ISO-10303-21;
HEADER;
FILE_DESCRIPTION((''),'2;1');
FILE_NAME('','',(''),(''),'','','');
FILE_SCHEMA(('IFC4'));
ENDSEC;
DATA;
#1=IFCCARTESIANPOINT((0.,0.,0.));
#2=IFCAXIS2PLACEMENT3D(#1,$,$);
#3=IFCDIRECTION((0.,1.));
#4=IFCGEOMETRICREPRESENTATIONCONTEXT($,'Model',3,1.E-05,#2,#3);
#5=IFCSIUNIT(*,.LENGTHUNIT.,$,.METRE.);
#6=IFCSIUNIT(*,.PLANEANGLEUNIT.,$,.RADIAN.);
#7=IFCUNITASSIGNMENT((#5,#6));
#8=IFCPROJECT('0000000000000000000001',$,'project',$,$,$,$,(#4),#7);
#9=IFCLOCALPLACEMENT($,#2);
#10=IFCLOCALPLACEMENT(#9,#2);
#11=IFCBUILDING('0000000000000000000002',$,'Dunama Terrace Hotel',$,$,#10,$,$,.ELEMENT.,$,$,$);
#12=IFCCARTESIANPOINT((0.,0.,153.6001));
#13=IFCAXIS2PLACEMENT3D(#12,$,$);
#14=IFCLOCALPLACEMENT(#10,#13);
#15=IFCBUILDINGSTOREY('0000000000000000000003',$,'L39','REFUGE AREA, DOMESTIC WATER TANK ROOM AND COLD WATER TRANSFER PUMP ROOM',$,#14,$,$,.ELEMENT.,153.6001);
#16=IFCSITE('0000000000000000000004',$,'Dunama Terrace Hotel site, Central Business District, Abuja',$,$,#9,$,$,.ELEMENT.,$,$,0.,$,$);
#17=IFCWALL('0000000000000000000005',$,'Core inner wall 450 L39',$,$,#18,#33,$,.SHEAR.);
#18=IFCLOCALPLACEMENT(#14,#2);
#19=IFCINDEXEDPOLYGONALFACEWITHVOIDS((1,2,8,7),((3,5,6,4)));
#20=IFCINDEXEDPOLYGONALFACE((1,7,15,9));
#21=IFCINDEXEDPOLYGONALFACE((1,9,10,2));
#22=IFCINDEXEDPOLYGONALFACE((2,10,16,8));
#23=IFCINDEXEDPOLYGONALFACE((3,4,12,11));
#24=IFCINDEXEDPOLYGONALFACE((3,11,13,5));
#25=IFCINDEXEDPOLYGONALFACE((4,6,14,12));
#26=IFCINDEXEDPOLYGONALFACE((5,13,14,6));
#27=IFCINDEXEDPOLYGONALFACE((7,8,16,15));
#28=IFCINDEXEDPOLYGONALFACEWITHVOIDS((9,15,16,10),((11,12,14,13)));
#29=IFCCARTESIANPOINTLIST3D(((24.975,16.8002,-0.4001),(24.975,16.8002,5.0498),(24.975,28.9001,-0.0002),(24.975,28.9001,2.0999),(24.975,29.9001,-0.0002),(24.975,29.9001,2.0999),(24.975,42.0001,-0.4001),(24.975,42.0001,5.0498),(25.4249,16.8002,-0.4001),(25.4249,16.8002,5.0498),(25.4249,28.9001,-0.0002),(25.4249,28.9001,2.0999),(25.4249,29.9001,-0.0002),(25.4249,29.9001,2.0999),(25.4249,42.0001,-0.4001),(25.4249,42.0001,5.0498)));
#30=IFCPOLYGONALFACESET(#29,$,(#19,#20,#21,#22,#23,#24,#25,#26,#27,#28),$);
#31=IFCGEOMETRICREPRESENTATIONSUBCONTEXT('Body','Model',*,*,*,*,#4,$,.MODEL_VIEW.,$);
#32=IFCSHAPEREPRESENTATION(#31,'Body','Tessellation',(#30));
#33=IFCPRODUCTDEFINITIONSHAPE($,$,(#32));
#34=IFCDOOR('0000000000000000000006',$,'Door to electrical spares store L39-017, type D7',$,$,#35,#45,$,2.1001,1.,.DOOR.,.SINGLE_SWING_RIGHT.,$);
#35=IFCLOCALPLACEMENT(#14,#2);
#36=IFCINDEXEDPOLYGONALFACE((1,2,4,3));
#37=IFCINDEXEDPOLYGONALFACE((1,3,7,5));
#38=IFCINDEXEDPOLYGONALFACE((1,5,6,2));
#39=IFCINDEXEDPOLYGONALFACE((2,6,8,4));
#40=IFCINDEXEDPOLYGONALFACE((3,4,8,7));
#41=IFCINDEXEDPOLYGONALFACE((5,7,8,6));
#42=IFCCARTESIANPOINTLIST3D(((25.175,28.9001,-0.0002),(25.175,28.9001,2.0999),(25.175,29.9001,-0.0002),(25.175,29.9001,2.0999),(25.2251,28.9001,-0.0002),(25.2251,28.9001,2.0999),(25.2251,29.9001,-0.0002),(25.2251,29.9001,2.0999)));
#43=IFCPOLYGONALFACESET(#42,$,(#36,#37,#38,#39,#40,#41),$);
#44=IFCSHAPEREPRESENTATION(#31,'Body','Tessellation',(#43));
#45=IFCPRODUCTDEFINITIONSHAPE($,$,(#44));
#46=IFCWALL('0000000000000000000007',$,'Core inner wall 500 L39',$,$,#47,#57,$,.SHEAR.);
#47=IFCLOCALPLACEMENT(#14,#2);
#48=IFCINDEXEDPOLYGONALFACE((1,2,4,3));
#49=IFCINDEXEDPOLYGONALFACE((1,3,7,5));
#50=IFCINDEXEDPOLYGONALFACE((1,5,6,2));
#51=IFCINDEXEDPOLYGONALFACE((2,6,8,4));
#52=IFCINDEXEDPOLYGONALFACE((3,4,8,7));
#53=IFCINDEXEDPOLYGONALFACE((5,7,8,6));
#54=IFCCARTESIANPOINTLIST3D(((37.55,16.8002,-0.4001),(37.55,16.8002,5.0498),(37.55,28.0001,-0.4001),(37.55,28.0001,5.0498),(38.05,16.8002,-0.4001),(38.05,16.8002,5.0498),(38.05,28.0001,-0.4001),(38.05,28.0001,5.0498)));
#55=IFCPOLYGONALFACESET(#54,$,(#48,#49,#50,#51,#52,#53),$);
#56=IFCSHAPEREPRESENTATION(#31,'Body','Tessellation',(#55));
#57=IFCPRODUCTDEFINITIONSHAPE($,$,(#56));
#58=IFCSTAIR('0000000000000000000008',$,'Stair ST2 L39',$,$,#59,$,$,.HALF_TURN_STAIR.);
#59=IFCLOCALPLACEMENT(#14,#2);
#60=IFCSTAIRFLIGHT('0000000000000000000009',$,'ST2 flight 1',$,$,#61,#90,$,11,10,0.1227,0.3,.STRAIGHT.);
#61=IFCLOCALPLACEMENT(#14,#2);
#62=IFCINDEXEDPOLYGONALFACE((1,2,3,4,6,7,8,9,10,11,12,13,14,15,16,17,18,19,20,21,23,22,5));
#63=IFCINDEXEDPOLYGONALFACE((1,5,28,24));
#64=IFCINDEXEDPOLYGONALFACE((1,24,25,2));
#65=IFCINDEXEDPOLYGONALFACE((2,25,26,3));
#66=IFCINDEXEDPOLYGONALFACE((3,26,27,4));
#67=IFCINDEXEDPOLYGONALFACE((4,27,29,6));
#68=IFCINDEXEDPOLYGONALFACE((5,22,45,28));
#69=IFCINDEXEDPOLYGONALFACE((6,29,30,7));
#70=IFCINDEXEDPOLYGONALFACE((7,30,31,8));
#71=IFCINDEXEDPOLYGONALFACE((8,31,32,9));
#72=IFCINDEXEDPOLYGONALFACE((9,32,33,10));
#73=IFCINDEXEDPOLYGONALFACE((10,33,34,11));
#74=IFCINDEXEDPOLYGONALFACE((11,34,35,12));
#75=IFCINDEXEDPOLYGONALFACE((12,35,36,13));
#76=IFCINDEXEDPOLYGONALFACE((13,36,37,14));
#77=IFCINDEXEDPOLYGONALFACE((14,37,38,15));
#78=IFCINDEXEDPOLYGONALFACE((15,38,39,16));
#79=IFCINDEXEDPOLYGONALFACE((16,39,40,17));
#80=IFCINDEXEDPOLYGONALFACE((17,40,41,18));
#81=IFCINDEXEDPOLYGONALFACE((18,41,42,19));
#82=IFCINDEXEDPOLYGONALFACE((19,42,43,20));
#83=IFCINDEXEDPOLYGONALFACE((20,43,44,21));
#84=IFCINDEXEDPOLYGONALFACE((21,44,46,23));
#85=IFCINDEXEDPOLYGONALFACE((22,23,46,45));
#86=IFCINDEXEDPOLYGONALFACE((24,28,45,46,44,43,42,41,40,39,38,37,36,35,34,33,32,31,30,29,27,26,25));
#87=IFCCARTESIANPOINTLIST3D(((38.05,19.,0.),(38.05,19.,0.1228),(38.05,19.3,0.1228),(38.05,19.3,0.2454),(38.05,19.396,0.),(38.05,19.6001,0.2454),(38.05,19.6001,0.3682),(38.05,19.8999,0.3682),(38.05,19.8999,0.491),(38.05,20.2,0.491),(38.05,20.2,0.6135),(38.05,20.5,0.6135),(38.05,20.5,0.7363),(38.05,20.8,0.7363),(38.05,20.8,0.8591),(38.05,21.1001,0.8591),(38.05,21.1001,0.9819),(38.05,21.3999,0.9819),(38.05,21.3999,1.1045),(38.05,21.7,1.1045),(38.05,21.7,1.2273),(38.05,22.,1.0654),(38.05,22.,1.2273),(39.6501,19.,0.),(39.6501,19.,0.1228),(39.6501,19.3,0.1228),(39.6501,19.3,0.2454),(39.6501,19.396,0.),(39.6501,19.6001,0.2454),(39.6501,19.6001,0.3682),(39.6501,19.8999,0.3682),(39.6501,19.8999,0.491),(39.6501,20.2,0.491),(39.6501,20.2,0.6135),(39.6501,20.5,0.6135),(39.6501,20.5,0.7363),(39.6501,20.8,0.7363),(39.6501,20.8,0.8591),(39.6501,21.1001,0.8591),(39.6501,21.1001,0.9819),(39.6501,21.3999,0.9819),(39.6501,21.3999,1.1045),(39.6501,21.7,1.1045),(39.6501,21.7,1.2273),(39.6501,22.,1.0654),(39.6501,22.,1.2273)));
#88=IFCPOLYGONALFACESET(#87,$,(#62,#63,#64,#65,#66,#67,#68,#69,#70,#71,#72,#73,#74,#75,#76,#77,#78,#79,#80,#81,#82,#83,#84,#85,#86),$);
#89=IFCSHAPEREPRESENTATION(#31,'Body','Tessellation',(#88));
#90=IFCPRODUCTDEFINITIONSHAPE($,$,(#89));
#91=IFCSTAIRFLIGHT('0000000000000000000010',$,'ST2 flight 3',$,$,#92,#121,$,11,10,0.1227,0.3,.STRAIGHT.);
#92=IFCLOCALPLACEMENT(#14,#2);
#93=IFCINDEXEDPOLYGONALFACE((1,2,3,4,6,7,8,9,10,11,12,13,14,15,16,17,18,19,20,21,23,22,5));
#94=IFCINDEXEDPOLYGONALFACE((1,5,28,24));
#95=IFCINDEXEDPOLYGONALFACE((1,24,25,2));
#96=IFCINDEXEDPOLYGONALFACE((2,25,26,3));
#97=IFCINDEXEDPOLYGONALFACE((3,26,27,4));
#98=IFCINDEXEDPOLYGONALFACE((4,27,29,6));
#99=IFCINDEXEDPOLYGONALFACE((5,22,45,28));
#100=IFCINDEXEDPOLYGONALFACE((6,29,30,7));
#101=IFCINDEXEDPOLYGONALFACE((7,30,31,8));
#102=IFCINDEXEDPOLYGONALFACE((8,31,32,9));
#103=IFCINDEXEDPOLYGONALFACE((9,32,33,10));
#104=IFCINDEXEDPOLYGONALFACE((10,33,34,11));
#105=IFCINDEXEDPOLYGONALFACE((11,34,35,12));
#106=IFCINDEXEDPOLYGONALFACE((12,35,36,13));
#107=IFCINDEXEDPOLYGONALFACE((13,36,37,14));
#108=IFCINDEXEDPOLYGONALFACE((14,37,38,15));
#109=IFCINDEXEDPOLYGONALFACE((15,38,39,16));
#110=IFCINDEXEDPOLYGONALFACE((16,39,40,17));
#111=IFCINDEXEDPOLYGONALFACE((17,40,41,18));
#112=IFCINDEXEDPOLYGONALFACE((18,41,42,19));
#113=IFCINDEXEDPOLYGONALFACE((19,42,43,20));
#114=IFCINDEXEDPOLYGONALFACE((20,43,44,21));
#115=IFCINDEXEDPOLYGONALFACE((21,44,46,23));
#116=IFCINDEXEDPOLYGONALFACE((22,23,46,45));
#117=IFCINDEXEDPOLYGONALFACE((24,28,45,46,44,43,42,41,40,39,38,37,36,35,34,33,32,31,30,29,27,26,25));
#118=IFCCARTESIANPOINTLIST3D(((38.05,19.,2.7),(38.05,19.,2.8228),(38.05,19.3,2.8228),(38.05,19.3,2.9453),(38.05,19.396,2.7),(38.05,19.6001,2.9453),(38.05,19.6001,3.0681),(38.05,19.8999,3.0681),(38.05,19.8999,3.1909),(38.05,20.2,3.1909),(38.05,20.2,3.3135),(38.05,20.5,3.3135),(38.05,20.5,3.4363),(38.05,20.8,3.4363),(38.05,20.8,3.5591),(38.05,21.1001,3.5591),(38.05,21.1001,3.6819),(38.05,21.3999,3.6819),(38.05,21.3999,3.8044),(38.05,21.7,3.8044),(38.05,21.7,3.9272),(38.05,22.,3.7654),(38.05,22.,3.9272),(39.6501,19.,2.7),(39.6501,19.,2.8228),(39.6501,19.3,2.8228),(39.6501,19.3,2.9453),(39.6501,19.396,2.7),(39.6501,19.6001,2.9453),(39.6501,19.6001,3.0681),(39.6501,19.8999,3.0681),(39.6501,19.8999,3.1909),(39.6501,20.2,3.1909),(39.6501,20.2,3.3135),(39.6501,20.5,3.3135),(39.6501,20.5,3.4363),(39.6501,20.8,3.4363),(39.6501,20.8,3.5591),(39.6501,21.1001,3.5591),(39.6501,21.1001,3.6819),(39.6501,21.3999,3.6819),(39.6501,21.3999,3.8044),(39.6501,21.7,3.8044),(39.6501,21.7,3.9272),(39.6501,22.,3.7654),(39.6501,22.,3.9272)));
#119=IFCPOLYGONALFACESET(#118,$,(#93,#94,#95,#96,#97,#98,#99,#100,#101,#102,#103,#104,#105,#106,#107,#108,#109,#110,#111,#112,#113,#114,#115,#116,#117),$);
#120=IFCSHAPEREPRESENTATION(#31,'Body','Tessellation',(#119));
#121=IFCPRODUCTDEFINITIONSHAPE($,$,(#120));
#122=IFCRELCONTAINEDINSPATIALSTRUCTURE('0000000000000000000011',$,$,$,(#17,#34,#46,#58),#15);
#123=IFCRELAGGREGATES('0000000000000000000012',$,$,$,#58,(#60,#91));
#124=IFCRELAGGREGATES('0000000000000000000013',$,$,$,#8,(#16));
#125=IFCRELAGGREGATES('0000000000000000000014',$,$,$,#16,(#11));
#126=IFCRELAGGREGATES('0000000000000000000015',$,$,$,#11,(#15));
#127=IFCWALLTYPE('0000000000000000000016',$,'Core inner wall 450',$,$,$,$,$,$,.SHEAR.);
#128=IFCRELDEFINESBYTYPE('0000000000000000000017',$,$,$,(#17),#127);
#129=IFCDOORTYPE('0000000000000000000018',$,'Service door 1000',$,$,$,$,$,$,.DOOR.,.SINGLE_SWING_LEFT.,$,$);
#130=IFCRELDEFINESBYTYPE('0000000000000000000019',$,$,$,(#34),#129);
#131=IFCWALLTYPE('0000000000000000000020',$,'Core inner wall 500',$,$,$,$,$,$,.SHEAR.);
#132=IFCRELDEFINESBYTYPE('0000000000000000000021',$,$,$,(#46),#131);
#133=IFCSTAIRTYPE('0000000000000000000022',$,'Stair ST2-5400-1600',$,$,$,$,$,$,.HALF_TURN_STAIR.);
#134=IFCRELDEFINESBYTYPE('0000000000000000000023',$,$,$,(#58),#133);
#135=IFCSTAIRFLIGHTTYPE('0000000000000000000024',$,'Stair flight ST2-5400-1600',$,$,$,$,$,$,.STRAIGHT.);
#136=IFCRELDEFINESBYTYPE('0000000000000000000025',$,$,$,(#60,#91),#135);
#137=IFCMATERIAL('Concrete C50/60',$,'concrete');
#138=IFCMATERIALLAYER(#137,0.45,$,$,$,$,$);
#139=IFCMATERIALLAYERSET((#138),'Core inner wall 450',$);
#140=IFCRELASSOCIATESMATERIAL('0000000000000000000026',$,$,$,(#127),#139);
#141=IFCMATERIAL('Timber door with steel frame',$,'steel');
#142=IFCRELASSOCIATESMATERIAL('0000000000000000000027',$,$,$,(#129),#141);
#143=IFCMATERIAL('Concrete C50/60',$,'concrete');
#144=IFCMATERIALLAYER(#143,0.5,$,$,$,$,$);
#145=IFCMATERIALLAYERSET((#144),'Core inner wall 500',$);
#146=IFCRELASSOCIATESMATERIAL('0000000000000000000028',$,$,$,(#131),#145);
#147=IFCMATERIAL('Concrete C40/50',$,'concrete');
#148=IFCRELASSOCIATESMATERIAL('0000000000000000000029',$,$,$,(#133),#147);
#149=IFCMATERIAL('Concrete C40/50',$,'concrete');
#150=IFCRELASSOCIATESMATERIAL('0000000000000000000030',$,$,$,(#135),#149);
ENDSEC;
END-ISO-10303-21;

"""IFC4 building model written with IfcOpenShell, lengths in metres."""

from ifc_helpers import new_model, si_unit, direction, frame, frame_2d, origin, place, context, subcontext, project, spatial, polyline, rectangle, outline, extrude, material, layer, layer_set, type_object, element, fill, aggregate, save


model = new_model("IFC4")

# Units and contexts
model_context = context("Model", 3, precision=1e-05, world=origin(), true_north=direction((0.0, 1.0)))
body_context = subcontext(model_context, "Body", "Model", "MODEL_VIEW")
ifc_project = project(units=[si_unit("LENGTHUNIT", "METRE"), si_unit("PLANEANGLEUNIT", "RADIAN")], contexts=[model_context])

# Site, building, storey
site_placement = place(None, origin())
site = spatial("IfcSite", under=ifc_project, at=site_placement, Name="Dunama Terrace Hotel site, Central Business District, Abuja", CompositionType="ELEMENT", RefElevation=0.0)
building_placement = place(site_placement, origin())
building = spatial("IfcBuilding", under=site, at=building_placement, Name="Dunama Terrace Hotel", CompositionType="ELEMENT")
storey_placement = place(building_placement, frame((0.0, 0.0, 153.6001)))
storey = spatial("IfcBuildingStorey", under=building, at=storey_placement, Name="L39", Description="REFUGE AREA, DOMESTIC WATER TANK ROOM AND COLD WATER TRANSFER PUMP ROOM", CompositionType="ELEMENT", Elevation=153.6001)

# Wall, opening, door
ifc_material_1 = material(Name="Concrete C50/60", Category="concrete")
ifc_layer_1 = layer(ifc_material_1, 0.45)
ifc_layer_set_1 = layer_set([ifc_layer_1], Name="Core inner wall 450")
wall_type_1 = type_object("IfcWallType", Name="Core inner wall 450", PredefinedType="SHEAR", material=ifc_layer_set_1)
wall_1_placement = place(storey_placement, frame((25.2, 16.8, -0.4001), z_axis=(0.0, 0.0, 1.0), x_axis=(0.0, 1.0, 0.0)))
wall_1 = element("IfcWall", 1, at=wall_1_placement, inside=storey, type_object=wall_type_1, Name="Core inner wall 450 L39", PredefinedType="SHEAR", context=body_context, shape_type="SweptSolid", body=[
    extrude(rectangle(XDim=25.2, YDim=0.45, at=frame_2d((12.6001, 0.0))), origin(), (0.0, 0.0, 1.0), 5.45),
])
opening_1_placement = place(wall_1_placement, frame((12.1001, 0.0, 0.3999)))
opening_1 = element("IfcOpeningElement", 2, at=opening_1_placement, cuts=wall_1, PredefinedType="OPENING", context=body_context, shape_type="SweptSolid", body=[
    extrude(rectangle(XDim=1.0, YDim=2.1001, at=frame_2d((0.5, 1.05))), frame((0.0, 0.2349, 0.0), z_axis=(0.0, -1.0, 0.0), x_axis=(1.0, 0.0, 0.0)), (0.0, 0.0, 1.0), 0.47),
])
ifc_material_2 = material(Name="Timber door with steel frame", Category="steel")
door_type_1 = type_object("IfcDoorType", Name="Service door 1000", OperationType="SINGLE_SWING_LEFT", PredefinedType="DOOR", material=ifc_material_2)
door_1_placement = place(opening_1_placement, frame((1.0, 0.0, 0.0), z_axis=(0.0, 0.0, 1.0), x_axis=(-1.0, 0.0, 0.0)))
door_1 = element("IfcDoor", 3, at=door_1_placement, inside=storey, type_object=door_type_1, Name="Door to electrical spares store L39-017, type D7", OperationType="SINGLE_SWING_RIGHT", OverallHeight=2.1001, OverallWidth=1.0, PredefinedType="DOOR", context=body_context, shape_type="SweptSolid", body=[
    extrude(rectangle(XDim=1.0, YDim=2.1001, at=frame_2d((0.5, 1.05))), frame((0.0, 0.0251, 0.0), z_axis=(0.0, -1.0, 0.0), x_axis=(1.0, 0.0, 0.0)), (0.0, 0.0, 1.0), 0.05),
])
fill(opening_1, door_1)

# Wall
ifc_material_3 = material(Name="Concrete C50/60", Category="concrete")
ifc_layer_2 = layer(ifc_material_3, 0.5)
ifc_layer_set_2 = layer_set([ifc_layer_2], Name="Core inner wall 500")
wall_type_2 = type_object("IfcWallType", Name="Core inner wall 500", PredefinedType="SHEAR", material=ifc_layer_set_2)
wall_2_placement = place(storey_placement, frame((37.8, 16.8, -0.4001), z_axis=(0.0, 0.0, 1.0), x_axis=(0.0, 1.0, 0.0)))
element("IfcWall", 4, at=wall_2_placement, inside=storey, type_object=wall_type_2, Name="Core inner wall 500 L39", PredefinedType="SHEAR", context=body_context, shape_type="SweptSolid", body=[
    extrude(rectangle(XDim=11.2, YDim=0.5, at=frame_2d((5.6001, 0.0))), origin(), (0.0, 0.0, 1.0), 5.45),
])

# Stair, stair flights
ifc_material_4 = material(Name="Concrete C40/50", Category="concrete")
stair_type = type_object("IfcStairType", Name="Stair ST2-5400-1600", PredefinedType="HALF_TURN_STAIR", material=ifc_material_4)
stair_placement = place(storey_placement, origin())
stair = element("IfcStair", 5, at=stair_placement, inside=storey, type_object=stair_type, Name="Stair ST2 L39", PredefinedType="HALF_TURN_STAIR")
ifc_material_5 = material(Name="Concrete C40/50", Category="concrete")
stair_flight_type = type_object("IfcStairFlightType", Name="Stair flight ST2-5400-1600", PredefinedType="STRAIGHT", material=ifc_material_5)
stair_flight_1_placement = place(storey_placement, frame((38.8501, 19.0, 0.0), z_axis=(0.0, 0.0, 1.0), x_axis=(0.0, 1.0, 0.0)))
stair_flight_1 = element("IfcStairFlight", 6, at=stair_flight_1_placement, type_object=stair_flight_type, Name="ST2 flight 1", NumberOfRisers=11, NumberOfTreads=10, PredefinedType="STRAIGHT", RiserHeight=0.1227, TreadLength=0.3, context=body_context, shape_type="SweptSolid", body=[
    extrude(outline(polyline([(0.0, 0.0), (0.0, 0.1228), (0.3, 0.1228), (0.3, 0.2454), (0.6001, 0.2454), (0.6001, 0.3682), (0.8999, 0.3682), (0.8999, 0.491), (1.2, 0.491), (1.2, 0.6135), (1.5, 0.6135), (1.5, 0.7363), (1.8, 0.7363), (1.8, 0.8591), (2.1001, 0.8591), (2.1001, 0.9819), (2.3999, 0.9819), (2.3999, 1.1045), (2.7, 1.1045), (2.7, 1.2273), (3.0, 1.2273), (3.0, 1.3501), (3.0, 1.0654), (0.396, 0.0), (0.0, 0.0)])), frame((0.0, 0.8, 0.0), z_axis=(0.0, -1.0, 0.0), x_axis=(1.0, 0.0, 0.0)), (0.0, 0.0, 1.0), 1.6001),
])
stair_flight_2_placement = place(storey_placement, frame((38.8501, 19.0, 2.7), z_axis=(0.0, 0.0, 1.0), x_axis=(0.0, 1.0, 0.0)))
stair_flight_2 = element("IfcStairFlight", 7, at=stair_flight_2_placement, type_object=stair_flight_type, Name="ST2 flight 3", NumberOfRisers=11, NumberOfTreads=10, PredefinedType="STRAIGHT", RiserHeight=0.1227, TreadLength=0.3, context=body_context, shape_type="SweptSolid", body=[
    extrude(outline(polyline([(0.0, 0.0), (0.0, 0.1228), (0.3, 0.1228), (0.3, 0.2454), (0.6001, 0.2454), (0.6001, 0.3682), (0.8999, 0.3682), (0.8999, 0.491), (1.2, 0.491), (1.2, 0.6135), (1.5, 0.6135), (1.5, 0.7363), (1.8, 0.7363), (1.8, 0.8591), (2.1001, 0.8591), (2.1001, 0.9819), (2.3999, 0.9819), (2.3999, 1.1045), (2.7, 1.1045), (2.7, 1.2273), (3.0, 1.2273), (3.0, 1.3501), (3.0, 1.0654), (0.396, 0.0), (0.0, 0.0)])), frame((0.0, 0.8, 0.0), z_axis=(0.0, -1.0, 0.0), x_axis=(1.0, 0.0, 0.0)), (0.0, 0.0, 1.0), 1.6001),
])
aggregate(stair, [stair_flight_1, stair_flight_2])

save(model, "model.ifc")
